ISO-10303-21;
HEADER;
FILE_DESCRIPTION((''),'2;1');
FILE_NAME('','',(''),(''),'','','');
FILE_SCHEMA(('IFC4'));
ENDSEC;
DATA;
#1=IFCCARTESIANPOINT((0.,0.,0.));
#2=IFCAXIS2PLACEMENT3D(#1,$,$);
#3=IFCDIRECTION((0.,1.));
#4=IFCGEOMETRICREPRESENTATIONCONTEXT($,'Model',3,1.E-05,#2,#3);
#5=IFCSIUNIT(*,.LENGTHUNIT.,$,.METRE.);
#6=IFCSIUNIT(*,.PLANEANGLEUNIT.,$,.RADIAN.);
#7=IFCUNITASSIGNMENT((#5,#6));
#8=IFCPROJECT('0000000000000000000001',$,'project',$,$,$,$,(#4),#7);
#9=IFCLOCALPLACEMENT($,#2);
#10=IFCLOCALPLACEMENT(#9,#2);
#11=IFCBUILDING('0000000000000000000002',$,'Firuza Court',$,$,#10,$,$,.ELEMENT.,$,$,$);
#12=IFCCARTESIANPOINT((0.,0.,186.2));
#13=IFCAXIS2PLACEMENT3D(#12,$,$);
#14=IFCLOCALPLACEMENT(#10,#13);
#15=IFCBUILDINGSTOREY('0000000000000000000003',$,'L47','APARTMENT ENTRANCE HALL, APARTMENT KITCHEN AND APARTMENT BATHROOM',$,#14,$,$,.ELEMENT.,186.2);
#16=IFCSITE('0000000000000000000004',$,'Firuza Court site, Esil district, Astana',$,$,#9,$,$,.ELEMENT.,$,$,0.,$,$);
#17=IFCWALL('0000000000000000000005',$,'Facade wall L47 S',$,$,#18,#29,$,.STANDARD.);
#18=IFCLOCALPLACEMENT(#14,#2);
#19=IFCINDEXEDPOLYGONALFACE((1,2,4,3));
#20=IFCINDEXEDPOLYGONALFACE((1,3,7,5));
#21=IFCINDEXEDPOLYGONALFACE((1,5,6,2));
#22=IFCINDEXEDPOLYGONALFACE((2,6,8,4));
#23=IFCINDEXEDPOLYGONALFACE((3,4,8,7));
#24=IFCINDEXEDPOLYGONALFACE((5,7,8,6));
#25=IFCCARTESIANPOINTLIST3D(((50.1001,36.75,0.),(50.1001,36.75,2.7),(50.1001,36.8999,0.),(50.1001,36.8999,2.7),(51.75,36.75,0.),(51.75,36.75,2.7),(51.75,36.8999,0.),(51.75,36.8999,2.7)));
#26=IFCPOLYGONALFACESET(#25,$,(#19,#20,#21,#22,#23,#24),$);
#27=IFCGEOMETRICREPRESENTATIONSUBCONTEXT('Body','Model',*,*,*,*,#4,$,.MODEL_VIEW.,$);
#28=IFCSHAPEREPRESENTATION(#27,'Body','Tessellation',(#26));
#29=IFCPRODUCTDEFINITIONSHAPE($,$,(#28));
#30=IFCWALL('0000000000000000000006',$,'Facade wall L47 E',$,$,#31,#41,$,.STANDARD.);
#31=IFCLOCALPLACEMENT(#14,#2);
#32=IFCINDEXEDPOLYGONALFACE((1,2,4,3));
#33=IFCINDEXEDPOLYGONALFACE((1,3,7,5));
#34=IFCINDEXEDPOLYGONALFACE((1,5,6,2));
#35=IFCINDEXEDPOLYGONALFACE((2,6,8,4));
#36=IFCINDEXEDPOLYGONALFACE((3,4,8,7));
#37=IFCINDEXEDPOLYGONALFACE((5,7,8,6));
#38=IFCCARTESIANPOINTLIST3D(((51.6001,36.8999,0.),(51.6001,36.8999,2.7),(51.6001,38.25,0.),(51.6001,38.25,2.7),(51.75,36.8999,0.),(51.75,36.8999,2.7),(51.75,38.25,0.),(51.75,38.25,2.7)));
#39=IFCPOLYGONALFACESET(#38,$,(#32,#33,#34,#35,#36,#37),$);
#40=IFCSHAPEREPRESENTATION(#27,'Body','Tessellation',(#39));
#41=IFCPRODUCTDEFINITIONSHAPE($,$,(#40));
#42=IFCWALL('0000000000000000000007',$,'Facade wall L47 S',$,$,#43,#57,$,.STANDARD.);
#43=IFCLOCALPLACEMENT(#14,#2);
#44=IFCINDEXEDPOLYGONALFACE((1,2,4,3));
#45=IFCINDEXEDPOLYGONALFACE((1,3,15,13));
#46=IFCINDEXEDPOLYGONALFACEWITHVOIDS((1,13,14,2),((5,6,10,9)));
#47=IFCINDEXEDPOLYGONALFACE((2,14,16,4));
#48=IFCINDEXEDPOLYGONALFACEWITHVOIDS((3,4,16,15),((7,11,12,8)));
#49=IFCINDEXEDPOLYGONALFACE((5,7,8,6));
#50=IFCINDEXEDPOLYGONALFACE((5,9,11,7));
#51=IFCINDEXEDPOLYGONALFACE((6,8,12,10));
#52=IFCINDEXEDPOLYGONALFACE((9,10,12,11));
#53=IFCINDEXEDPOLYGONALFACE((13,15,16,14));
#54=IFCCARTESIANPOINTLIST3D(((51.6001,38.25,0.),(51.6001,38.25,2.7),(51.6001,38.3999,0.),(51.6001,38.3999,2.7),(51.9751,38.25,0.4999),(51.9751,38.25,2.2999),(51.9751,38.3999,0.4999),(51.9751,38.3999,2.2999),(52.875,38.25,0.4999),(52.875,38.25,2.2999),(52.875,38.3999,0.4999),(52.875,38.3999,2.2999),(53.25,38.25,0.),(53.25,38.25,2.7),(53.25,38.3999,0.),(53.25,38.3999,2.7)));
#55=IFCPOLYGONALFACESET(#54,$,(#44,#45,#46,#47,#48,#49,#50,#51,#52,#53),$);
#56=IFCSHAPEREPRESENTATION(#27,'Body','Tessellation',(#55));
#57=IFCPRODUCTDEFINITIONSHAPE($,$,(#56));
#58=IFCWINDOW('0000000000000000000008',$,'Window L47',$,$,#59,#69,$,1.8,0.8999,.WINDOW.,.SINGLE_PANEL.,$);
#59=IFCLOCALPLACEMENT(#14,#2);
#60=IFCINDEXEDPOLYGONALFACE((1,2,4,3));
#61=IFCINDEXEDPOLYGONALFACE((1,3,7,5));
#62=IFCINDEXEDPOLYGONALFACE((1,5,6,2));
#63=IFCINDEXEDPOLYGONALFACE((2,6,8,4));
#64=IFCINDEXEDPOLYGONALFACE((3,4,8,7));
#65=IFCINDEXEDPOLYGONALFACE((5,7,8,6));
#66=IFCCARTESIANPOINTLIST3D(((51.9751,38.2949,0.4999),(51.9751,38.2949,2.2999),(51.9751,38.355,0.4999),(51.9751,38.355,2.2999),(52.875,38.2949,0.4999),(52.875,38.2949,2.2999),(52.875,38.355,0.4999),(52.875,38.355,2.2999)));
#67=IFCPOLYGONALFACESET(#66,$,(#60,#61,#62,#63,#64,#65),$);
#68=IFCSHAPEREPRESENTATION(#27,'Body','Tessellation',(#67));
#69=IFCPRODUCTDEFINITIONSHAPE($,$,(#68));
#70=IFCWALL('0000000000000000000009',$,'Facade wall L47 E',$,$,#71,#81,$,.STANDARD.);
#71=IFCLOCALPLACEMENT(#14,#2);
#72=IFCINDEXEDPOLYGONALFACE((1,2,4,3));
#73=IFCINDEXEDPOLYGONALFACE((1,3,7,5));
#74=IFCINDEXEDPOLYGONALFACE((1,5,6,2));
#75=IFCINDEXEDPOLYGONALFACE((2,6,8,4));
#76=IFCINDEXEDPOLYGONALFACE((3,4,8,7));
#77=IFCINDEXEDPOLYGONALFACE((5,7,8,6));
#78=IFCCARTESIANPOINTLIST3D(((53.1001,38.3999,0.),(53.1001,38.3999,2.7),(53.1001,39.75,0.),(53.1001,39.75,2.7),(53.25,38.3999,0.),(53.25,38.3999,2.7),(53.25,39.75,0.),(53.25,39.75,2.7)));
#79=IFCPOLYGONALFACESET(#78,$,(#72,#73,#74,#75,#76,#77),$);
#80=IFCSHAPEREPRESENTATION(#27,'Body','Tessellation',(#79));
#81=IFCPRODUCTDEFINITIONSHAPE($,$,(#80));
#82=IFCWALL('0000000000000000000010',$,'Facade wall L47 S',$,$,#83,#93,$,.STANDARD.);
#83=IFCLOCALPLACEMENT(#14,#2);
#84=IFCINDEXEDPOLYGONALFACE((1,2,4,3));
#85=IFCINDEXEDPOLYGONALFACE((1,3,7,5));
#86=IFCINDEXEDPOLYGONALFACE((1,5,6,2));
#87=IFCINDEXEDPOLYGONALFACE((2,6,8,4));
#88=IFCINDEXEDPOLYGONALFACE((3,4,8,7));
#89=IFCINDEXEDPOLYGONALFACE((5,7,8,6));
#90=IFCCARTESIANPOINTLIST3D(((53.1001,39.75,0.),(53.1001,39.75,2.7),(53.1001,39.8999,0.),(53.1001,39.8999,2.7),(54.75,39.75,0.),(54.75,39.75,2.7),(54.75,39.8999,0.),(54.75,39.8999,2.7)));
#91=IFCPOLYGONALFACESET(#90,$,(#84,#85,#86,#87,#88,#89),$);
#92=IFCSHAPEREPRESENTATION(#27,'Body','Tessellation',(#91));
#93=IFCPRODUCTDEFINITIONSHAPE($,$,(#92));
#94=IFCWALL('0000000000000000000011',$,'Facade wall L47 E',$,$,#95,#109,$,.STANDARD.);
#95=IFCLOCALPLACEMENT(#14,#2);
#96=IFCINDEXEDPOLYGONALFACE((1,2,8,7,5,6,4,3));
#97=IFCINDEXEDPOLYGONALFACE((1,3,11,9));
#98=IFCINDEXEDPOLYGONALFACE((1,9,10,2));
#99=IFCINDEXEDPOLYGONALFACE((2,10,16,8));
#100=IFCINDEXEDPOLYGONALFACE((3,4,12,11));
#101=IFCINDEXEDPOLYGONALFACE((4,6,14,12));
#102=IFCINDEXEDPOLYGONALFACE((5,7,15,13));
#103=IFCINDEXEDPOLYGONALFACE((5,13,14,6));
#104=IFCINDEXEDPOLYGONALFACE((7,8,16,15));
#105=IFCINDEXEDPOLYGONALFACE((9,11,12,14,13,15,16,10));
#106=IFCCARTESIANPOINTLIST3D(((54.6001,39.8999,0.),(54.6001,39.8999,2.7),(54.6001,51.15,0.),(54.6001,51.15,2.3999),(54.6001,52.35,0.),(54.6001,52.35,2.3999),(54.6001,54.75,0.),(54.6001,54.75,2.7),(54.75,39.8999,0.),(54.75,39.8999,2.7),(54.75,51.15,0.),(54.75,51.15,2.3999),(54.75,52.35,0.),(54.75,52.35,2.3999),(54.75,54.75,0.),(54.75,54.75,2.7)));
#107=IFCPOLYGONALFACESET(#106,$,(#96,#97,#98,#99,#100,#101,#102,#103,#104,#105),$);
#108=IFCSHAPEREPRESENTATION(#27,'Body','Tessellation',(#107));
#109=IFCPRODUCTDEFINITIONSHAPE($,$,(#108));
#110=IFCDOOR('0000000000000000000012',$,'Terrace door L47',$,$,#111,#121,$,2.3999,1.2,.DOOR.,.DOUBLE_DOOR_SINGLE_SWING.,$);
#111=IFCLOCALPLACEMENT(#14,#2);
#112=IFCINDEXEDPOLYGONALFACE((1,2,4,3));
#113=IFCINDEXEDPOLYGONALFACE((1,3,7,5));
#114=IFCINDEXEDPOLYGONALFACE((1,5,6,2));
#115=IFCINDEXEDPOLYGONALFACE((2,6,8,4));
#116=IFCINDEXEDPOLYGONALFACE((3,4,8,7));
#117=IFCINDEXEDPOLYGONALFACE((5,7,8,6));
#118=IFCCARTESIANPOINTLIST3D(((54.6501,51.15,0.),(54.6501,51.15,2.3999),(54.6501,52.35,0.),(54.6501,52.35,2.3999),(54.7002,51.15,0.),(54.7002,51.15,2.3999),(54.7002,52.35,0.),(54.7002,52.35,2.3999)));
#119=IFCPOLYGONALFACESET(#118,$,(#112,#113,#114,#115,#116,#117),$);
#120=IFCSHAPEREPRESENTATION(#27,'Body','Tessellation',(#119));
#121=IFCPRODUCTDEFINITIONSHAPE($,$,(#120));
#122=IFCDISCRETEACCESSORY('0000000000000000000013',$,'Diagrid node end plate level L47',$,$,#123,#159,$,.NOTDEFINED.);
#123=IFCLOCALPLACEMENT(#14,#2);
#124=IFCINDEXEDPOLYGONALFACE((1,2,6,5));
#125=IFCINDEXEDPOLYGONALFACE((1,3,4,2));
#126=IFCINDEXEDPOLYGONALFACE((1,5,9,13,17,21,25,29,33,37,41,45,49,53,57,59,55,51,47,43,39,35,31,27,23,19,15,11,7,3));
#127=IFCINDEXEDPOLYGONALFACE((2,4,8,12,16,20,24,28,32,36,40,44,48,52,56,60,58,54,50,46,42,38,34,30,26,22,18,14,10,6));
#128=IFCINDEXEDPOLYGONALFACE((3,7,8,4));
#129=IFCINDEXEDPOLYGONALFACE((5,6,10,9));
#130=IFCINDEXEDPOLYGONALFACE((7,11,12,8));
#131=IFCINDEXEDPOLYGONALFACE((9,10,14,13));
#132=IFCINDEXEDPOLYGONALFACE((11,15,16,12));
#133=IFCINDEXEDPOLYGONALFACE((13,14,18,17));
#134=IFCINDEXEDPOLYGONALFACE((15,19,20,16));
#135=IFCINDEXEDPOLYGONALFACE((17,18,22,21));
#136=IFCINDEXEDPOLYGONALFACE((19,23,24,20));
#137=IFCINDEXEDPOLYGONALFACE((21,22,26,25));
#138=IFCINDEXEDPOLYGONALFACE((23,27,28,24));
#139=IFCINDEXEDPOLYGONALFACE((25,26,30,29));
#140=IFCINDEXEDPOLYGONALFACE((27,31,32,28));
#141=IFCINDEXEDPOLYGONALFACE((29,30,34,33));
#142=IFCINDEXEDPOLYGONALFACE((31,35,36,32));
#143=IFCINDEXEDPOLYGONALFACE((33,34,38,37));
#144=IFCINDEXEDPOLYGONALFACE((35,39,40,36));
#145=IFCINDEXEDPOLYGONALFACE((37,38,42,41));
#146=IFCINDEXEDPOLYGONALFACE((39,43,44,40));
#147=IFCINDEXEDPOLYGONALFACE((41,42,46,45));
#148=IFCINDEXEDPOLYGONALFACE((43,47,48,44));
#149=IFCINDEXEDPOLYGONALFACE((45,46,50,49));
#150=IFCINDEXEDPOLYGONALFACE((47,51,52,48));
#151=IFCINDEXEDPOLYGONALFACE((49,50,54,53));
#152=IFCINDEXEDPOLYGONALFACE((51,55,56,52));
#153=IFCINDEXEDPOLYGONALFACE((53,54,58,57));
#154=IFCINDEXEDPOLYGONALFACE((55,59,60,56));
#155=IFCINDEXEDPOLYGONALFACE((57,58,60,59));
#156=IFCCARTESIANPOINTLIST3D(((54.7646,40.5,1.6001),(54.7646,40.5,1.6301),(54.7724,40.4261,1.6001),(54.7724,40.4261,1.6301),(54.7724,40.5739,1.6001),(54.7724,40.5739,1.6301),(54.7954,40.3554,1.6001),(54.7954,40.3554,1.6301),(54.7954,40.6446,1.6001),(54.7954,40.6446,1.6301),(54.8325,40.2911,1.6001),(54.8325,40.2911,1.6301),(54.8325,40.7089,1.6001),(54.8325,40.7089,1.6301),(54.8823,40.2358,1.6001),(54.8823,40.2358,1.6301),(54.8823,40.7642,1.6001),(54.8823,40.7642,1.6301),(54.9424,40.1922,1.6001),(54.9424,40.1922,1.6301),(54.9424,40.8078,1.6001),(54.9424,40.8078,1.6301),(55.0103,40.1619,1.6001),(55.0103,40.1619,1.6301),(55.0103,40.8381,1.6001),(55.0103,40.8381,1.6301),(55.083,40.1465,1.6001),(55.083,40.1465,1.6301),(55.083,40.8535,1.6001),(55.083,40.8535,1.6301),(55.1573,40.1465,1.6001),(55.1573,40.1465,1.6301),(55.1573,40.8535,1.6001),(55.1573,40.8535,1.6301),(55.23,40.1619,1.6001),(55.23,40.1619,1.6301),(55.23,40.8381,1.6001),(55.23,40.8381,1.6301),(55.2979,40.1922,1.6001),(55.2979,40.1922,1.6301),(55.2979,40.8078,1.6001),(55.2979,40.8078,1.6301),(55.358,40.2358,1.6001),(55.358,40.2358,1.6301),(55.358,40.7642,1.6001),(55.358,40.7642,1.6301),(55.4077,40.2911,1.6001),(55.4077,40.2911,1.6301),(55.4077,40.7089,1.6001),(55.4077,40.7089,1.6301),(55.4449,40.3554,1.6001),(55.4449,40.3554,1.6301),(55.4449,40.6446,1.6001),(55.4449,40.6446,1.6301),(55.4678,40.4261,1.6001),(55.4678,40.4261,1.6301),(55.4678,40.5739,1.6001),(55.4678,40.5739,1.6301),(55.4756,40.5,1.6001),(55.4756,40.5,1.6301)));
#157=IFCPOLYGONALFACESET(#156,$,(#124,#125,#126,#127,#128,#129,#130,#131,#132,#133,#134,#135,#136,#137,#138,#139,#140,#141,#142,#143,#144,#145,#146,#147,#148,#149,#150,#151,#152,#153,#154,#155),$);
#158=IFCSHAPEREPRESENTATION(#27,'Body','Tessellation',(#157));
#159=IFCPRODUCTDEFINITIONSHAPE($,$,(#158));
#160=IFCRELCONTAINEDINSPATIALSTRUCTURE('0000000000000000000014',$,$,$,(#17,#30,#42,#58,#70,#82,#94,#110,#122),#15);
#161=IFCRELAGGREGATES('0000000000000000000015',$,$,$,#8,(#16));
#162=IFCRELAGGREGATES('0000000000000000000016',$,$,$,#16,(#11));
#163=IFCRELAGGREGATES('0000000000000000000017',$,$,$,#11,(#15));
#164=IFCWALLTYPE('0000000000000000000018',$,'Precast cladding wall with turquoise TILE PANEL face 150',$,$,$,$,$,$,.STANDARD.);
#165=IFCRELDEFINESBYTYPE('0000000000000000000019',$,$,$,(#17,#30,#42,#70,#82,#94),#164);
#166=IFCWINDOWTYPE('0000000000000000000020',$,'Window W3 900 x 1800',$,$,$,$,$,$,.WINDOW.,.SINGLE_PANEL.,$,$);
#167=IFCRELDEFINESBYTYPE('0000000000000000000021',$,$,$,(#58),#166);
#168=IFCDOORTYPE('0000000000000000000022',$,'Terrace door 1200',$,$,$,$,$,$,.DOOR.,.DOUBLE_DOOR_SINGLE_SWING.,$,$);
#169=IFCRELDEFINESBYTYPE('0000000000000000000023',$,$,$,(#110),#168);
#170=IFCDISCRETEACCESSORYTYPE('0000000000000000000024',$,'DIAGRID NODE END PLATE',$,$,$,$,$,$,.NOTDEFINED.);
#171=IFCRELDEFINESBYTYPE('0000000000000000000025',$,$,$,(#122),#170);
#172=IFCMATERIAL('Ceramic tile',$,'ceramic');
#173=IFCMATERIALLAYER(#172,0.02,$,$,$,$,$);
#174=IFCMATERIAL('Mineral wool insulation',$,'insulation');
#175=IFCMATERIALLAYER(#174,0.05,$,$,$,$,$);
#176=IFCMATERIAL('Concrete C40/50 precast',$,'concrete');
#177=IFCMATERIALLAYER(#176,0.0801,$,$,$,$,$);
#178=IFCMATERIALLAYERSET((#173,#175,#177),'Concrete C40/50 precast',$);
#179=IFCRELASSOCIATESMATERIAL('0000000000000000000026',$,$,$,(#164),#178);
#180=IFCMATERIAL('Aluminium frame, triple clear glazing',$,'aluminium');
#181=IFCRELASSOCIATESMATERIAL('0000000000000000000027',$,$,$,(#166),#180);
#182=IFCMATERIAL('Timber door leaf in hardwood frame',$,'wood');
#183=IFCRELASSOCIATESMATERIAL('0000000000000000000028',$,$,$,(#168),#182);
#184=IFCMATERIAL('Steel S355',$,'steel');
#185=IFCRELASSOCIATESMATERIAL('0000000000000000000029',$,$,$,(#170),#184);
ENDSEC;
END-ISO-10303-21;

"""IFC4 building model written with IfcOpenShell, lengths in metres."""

from ifc_helpers import new_model, si_unit, direction, frame, frame_2d, origin, origin_2d, place, context, subcontext, project, spatial, rectangle, circle, extrude, material, layer, layer_set, material_profile, profile_set, type_object, element, fill, save


model = new_model("IFC4")

# Units and contexts
model_context = context("Model", 3, precision=1e-05, world=origin(), true_north=direction((0.0, 1.0)))
body_context = subcontext(model_context, "Body", "Model", "MODEL_VIEW")
ifc_project = project(units=[si_unit("LENGTHUNIT", "METRE"), si_unit("PLANEANGLEUNIT", "RADIAN")], contexts=[model_context])

# Site, building, storey
site_placement = place(None, origin())
site = spatial("IfcSite", under=ifc_project, at=site_placement, Name="Firuza Court site, Esil district, Astana", CompositionType="ELEMENT", RefElevation=0.0)
building_placement = place(site_placement, origin())
building = spatial("IfcBuilding", under=site, at=building_placement, Name="Firuza Court", CompositionType="ELEMENT")
storey_placement = place(building_placement, frame((0.0, 0.0, 186.2)))
storey = spatial("IfcBuildingStorey", under=building, at=storey_placement, Name="L47", Description="APARTMENT ENTRANCE HALL, APARTMENT KITCHEN AND APARTMENT BATHROOM", CompositionType="ELEMENT", Elevation=186.2)

# Walls
ifc_material_1 = material(Name="Ceramic tile", Category="ceramic")
ifc_layer_1 = layer(ifc_material_1, 0.02)
ifc_material_2 = material(Name="Mineral wool insulation", Category="insulation")
ifc_layer_2 = layer(ifc_material_2, 0.05)
ifc_material_3 = material(Name="Concrete C40/50 precast", Category="concrete")
ifc_layer_3 = layer(ifc_material_3, 0.0801)
ifc_layer_set_1 = layer_set([ifc_layer_1, ifc_layer_2, ifc_layer_3], Name="Concrete C40/50 precast")
wall_type_1 = type_object("IfcWallType", Name="Precast cladding wall with turquoise TILE PANEL face 150", PredefinedType="STANDARD", material=ifc_layer_set_1)
wall_1_placement = place(storey_placement, frame((50.1001, 36.825, 0.0), z_axis=(0.0, 0.0, 1.0), x_axis=(1.0, 0.0, 0.0)))
element("IfcWall", 1, at=wall_1_placement, inside=storey, type_object=wall_type_1, Name="Facade wall L47 S", PredefinedType="STANDARD", context=body_context, shape_type="SweptSolid", body=[
    extrude(rectangle(XDim=1.6499, YDim=0.1499, at=frame_2d((0.825, 0.0))), origin(), (0.0, 0.0, 1.0), 2.7),
])
wall_2_placement = place(storey_placement, frame((51.675, 36.8999, 0.0), z_axis=(0.0, 0.0, 1.0), x_axis=(0.0, 1.0, 0.0)))
element("IfcWall", 2, at=wall_2_placement, inside=storey, type_object=wall_type_1, Name="Facade wall L47 E", PredefinedType="STANDARD", context=body_context, shape_type="SweptSolid", body=[
    extrude(rectangle(XDim=1.3501, YDim=0.1499, at=frame_2d((0.675, 0.0))), origin(), (0.0, 0.0, 1.0), 2.7),
])

# Wall, opening, window
wall_3_placement = place(storey_placement, frame((51.6001, 38.325, 0.0), z_axis=(0.0, 0.0, 1.0), x_axis=(1.0, 0.0, 0.0)))
wall_3 = element("IfcWall", 3, at=wall_3_placement, inside=storey, type_object=wall_type_1, Name="Facade wall L47 S", PredefinedType="STANDARD", context=body_context, shape_type="SweptSolid", body=[
    extrude(rectangle(XDim=1.6499, YDim=0.1499, at=frame_2d((0.825, 0.0))), origin(), (0.0, 0.0, 1.0), 2.7),
])
opening_1_placement = place(wall_3_placement, frame((0.375, 0.0, 0.5)))
opening_1 = element("IfcOpeningElement", 4, at=opening_1_placement, cuts=wall_3, PredefinedType="OPENING", context=body_context, shape_type="SweptSolid", body=[
    extrude(rectangle(XDim=0.8999, YDim=1.8, at=frame_2d((0.45, 0.8999))), frame((0.0, 0.0869, 0.0), z_axis=(0.0, -1.0, 0.0), x_axis=(1.0, 0.0, 0.0)), (0.0, 0.0, 1.0), 0.1738),
])
ifc_material_4 = material(Name="Aluminium frame, triple clear glazing", Category="aluminium")
window_type = type_object("IfcWindowType", Name="Window W3 900 x 1800", PartitioningType="SINGLE_PANEL", PredefinedType="WINDOW", material=ifc_material_4)
window_placement = place(opening_1_placement, origin())
window = element("IfcWindow", 5, at=window_placement, inside=storey, type_object=window_type, Name="Window L47", OverallHeight=1.8, OverallWidth=0.8999, PartitioningType="SINGLE_PANEL", PredefinedType="WINDOW", context=body_context, shape_type="SweptSolid", body=[
    extrude(rectangle(XDim=0.8999, YDim=1.8, at=frame_2d((0.45, 0.8999))), frame((0.0, 0.03, 0.0), z_axis=(0.0, -1.0, 0.0), x_axis=(1.0, 0.0, 0.0)), (0.0, 0.0, 1.0), 0.0601),
])
fill(opening_1, window)

# Walls
wall_4_placement = place(storey_placement, frame((53.175, 38.3999, 0.0), z_axis=(0.0, 0.0, 1.0), x_axis=(0.0, 1.0, 0.0)))
element("IfcWall", 6, at=wall_4_placement, inside=storey, type_object=wall_type_1, Name="Facade wall L47 E", PredefinedType="STANDARD", context=body_context, shape_type="SweptSolid", body=[
    extrude(rectangle(XDim=1.3501, YDim=0.1499, at=frame_2d((0.675, 0.0))), origin(), (0.0, 0.0, 1.0), 2.7),
])
wall_5_placement = place(storey_placement, frame((53.1001, 39.825, 0.0), z_axis=(0.0, 0.0, 1.0), x_axis=(1.0, 0.0, 0.0)))
element("IfcWall", 7, at=wall_5_placement, inside=storey, type_object=wall_type_1, Name="Facade wall L47 S", PredefinedType="STANDARD", context=body_context, shape_type="SweptSolid", body=[
    extrude(rectangle(XDim=1.6499, YDim=0.1499, at=frame_2d((0.825, 0.0))), origin(), (0.0, 0.0, 1.0), 2.7),
])

# Wall, opening, door
wall_6_placement = place(storey_placement, frame((54.675, 39.8999, 0.0), z_axis=(0.0, 0.0, 1.0), x_axis=(0.0, 1.0, 0.0)))
wall_6 = element("IfcWall", 8, at=wall_6_placement, inside=storey, type_object=wall_type_1, Name="Facade wall L47 E", PredefinedType="STANDARD", context=body_context, shape_type="SweptSolid", body=[
    extrude(rectangle(XDim=14.8501, YDim=0.1499, at=frame_2d((7.425, 0.0))), origin(), (0.0, 0.0, 1.0), 2.7),
])
opening_2_placement = place(wall_6_placement, frame((11.25, 0.0, 0.0)))
opening_2 = element("IfcOpeningElement", 9, at=opening_2_placement, cuts=wall_6, PredefinedType="OPENING", context=body_context, shape_type="SweptSolid", body=[
    extrude(rectangle(XDim=1.2, YDim=2.3999, at=frame_2d((0.6001, 1.2))), frame((0.0, 0.0869, 0.0), z_axis=(0.0, -1.0, 0.0), x_axis=(1.0, 0.0, 0.0)), (0.0, 0.0, 1.0), 0.1738),
])
ifc_material_5 = material(Name="Timber door leaf in hardwood frame", Category="wood")
door_type_1 = type_object("IfcDoorType", Name="Terrace door 1200", OperationType="DOUBLE_DOOR_SINGLE_SWING", PredefinedType="DOOR", material=ifc_material_5)
door_1_placement = place(opening_2_placement, origin())
door_1 = element("IfcDoor", 10, at=door_1_placement, inside=storey, type_object=door_type_1, Name="Terrace door L47", OperationType="DOUBLE_DOOR_SINGLE_SWING", OverallHeight=2.3999, OverallWidth=1.2, PredefinedType="DOOR", context=body_context, shape_type="SweptSolid", body=[
    extrude(rectangle(XDim=1.2, YDim=2.3999, at=frame_2d((0.6001, 1.2))), frame((0.0, 0.0249, 0.0), z_axis=(0.0, -1.0, 0.0), x_axis=(1.0, 0.0, 0.0)), (0.0, 0.0, 1.0), 0.05),
])
fill(opening_2, door_1)

# Discrete accessory
ifc_material_6 = material(Name="Steel S355", Category="steel")
ifc_material_profile_1 = material_profile(ifc_material_6, circle(Radius=0.3555, at=origin_2d()), Name="PL D711")
ifc_profile_set_1 = profile_set([ifc_material_profile_1], Name="Steel S355")
discrete_accessory_type = type_object("IfcDiscreteAccessoryType", Name="DIAGRID NODE END PLATE", PredefinedType="NOTDEFINED", material=ifc_profile_set_1)
discrete_accessory_placement = place(storey_placement, frame((55.1201, 40.5, 1.6001), z_axis=(0.0, 0.0, 1.0), x_axis=(1.0, 0.0, 0.0)))
element("IfcDiscreteAccessory", 11, at=discrete_accessory_placement, inside=storey, type_object=discrete_accessory_type, Name="Diagrid node end plate level L47", PredefinedType="NOTDEFINED", context=body_context, shape_type="SweptSolid", body=[
    extrude(circle(Radius=0.3555, at=origin_2d()), origin(), (0.0, 0.0, 1.0), 0.03),
])

save(model, "model.ifc")
